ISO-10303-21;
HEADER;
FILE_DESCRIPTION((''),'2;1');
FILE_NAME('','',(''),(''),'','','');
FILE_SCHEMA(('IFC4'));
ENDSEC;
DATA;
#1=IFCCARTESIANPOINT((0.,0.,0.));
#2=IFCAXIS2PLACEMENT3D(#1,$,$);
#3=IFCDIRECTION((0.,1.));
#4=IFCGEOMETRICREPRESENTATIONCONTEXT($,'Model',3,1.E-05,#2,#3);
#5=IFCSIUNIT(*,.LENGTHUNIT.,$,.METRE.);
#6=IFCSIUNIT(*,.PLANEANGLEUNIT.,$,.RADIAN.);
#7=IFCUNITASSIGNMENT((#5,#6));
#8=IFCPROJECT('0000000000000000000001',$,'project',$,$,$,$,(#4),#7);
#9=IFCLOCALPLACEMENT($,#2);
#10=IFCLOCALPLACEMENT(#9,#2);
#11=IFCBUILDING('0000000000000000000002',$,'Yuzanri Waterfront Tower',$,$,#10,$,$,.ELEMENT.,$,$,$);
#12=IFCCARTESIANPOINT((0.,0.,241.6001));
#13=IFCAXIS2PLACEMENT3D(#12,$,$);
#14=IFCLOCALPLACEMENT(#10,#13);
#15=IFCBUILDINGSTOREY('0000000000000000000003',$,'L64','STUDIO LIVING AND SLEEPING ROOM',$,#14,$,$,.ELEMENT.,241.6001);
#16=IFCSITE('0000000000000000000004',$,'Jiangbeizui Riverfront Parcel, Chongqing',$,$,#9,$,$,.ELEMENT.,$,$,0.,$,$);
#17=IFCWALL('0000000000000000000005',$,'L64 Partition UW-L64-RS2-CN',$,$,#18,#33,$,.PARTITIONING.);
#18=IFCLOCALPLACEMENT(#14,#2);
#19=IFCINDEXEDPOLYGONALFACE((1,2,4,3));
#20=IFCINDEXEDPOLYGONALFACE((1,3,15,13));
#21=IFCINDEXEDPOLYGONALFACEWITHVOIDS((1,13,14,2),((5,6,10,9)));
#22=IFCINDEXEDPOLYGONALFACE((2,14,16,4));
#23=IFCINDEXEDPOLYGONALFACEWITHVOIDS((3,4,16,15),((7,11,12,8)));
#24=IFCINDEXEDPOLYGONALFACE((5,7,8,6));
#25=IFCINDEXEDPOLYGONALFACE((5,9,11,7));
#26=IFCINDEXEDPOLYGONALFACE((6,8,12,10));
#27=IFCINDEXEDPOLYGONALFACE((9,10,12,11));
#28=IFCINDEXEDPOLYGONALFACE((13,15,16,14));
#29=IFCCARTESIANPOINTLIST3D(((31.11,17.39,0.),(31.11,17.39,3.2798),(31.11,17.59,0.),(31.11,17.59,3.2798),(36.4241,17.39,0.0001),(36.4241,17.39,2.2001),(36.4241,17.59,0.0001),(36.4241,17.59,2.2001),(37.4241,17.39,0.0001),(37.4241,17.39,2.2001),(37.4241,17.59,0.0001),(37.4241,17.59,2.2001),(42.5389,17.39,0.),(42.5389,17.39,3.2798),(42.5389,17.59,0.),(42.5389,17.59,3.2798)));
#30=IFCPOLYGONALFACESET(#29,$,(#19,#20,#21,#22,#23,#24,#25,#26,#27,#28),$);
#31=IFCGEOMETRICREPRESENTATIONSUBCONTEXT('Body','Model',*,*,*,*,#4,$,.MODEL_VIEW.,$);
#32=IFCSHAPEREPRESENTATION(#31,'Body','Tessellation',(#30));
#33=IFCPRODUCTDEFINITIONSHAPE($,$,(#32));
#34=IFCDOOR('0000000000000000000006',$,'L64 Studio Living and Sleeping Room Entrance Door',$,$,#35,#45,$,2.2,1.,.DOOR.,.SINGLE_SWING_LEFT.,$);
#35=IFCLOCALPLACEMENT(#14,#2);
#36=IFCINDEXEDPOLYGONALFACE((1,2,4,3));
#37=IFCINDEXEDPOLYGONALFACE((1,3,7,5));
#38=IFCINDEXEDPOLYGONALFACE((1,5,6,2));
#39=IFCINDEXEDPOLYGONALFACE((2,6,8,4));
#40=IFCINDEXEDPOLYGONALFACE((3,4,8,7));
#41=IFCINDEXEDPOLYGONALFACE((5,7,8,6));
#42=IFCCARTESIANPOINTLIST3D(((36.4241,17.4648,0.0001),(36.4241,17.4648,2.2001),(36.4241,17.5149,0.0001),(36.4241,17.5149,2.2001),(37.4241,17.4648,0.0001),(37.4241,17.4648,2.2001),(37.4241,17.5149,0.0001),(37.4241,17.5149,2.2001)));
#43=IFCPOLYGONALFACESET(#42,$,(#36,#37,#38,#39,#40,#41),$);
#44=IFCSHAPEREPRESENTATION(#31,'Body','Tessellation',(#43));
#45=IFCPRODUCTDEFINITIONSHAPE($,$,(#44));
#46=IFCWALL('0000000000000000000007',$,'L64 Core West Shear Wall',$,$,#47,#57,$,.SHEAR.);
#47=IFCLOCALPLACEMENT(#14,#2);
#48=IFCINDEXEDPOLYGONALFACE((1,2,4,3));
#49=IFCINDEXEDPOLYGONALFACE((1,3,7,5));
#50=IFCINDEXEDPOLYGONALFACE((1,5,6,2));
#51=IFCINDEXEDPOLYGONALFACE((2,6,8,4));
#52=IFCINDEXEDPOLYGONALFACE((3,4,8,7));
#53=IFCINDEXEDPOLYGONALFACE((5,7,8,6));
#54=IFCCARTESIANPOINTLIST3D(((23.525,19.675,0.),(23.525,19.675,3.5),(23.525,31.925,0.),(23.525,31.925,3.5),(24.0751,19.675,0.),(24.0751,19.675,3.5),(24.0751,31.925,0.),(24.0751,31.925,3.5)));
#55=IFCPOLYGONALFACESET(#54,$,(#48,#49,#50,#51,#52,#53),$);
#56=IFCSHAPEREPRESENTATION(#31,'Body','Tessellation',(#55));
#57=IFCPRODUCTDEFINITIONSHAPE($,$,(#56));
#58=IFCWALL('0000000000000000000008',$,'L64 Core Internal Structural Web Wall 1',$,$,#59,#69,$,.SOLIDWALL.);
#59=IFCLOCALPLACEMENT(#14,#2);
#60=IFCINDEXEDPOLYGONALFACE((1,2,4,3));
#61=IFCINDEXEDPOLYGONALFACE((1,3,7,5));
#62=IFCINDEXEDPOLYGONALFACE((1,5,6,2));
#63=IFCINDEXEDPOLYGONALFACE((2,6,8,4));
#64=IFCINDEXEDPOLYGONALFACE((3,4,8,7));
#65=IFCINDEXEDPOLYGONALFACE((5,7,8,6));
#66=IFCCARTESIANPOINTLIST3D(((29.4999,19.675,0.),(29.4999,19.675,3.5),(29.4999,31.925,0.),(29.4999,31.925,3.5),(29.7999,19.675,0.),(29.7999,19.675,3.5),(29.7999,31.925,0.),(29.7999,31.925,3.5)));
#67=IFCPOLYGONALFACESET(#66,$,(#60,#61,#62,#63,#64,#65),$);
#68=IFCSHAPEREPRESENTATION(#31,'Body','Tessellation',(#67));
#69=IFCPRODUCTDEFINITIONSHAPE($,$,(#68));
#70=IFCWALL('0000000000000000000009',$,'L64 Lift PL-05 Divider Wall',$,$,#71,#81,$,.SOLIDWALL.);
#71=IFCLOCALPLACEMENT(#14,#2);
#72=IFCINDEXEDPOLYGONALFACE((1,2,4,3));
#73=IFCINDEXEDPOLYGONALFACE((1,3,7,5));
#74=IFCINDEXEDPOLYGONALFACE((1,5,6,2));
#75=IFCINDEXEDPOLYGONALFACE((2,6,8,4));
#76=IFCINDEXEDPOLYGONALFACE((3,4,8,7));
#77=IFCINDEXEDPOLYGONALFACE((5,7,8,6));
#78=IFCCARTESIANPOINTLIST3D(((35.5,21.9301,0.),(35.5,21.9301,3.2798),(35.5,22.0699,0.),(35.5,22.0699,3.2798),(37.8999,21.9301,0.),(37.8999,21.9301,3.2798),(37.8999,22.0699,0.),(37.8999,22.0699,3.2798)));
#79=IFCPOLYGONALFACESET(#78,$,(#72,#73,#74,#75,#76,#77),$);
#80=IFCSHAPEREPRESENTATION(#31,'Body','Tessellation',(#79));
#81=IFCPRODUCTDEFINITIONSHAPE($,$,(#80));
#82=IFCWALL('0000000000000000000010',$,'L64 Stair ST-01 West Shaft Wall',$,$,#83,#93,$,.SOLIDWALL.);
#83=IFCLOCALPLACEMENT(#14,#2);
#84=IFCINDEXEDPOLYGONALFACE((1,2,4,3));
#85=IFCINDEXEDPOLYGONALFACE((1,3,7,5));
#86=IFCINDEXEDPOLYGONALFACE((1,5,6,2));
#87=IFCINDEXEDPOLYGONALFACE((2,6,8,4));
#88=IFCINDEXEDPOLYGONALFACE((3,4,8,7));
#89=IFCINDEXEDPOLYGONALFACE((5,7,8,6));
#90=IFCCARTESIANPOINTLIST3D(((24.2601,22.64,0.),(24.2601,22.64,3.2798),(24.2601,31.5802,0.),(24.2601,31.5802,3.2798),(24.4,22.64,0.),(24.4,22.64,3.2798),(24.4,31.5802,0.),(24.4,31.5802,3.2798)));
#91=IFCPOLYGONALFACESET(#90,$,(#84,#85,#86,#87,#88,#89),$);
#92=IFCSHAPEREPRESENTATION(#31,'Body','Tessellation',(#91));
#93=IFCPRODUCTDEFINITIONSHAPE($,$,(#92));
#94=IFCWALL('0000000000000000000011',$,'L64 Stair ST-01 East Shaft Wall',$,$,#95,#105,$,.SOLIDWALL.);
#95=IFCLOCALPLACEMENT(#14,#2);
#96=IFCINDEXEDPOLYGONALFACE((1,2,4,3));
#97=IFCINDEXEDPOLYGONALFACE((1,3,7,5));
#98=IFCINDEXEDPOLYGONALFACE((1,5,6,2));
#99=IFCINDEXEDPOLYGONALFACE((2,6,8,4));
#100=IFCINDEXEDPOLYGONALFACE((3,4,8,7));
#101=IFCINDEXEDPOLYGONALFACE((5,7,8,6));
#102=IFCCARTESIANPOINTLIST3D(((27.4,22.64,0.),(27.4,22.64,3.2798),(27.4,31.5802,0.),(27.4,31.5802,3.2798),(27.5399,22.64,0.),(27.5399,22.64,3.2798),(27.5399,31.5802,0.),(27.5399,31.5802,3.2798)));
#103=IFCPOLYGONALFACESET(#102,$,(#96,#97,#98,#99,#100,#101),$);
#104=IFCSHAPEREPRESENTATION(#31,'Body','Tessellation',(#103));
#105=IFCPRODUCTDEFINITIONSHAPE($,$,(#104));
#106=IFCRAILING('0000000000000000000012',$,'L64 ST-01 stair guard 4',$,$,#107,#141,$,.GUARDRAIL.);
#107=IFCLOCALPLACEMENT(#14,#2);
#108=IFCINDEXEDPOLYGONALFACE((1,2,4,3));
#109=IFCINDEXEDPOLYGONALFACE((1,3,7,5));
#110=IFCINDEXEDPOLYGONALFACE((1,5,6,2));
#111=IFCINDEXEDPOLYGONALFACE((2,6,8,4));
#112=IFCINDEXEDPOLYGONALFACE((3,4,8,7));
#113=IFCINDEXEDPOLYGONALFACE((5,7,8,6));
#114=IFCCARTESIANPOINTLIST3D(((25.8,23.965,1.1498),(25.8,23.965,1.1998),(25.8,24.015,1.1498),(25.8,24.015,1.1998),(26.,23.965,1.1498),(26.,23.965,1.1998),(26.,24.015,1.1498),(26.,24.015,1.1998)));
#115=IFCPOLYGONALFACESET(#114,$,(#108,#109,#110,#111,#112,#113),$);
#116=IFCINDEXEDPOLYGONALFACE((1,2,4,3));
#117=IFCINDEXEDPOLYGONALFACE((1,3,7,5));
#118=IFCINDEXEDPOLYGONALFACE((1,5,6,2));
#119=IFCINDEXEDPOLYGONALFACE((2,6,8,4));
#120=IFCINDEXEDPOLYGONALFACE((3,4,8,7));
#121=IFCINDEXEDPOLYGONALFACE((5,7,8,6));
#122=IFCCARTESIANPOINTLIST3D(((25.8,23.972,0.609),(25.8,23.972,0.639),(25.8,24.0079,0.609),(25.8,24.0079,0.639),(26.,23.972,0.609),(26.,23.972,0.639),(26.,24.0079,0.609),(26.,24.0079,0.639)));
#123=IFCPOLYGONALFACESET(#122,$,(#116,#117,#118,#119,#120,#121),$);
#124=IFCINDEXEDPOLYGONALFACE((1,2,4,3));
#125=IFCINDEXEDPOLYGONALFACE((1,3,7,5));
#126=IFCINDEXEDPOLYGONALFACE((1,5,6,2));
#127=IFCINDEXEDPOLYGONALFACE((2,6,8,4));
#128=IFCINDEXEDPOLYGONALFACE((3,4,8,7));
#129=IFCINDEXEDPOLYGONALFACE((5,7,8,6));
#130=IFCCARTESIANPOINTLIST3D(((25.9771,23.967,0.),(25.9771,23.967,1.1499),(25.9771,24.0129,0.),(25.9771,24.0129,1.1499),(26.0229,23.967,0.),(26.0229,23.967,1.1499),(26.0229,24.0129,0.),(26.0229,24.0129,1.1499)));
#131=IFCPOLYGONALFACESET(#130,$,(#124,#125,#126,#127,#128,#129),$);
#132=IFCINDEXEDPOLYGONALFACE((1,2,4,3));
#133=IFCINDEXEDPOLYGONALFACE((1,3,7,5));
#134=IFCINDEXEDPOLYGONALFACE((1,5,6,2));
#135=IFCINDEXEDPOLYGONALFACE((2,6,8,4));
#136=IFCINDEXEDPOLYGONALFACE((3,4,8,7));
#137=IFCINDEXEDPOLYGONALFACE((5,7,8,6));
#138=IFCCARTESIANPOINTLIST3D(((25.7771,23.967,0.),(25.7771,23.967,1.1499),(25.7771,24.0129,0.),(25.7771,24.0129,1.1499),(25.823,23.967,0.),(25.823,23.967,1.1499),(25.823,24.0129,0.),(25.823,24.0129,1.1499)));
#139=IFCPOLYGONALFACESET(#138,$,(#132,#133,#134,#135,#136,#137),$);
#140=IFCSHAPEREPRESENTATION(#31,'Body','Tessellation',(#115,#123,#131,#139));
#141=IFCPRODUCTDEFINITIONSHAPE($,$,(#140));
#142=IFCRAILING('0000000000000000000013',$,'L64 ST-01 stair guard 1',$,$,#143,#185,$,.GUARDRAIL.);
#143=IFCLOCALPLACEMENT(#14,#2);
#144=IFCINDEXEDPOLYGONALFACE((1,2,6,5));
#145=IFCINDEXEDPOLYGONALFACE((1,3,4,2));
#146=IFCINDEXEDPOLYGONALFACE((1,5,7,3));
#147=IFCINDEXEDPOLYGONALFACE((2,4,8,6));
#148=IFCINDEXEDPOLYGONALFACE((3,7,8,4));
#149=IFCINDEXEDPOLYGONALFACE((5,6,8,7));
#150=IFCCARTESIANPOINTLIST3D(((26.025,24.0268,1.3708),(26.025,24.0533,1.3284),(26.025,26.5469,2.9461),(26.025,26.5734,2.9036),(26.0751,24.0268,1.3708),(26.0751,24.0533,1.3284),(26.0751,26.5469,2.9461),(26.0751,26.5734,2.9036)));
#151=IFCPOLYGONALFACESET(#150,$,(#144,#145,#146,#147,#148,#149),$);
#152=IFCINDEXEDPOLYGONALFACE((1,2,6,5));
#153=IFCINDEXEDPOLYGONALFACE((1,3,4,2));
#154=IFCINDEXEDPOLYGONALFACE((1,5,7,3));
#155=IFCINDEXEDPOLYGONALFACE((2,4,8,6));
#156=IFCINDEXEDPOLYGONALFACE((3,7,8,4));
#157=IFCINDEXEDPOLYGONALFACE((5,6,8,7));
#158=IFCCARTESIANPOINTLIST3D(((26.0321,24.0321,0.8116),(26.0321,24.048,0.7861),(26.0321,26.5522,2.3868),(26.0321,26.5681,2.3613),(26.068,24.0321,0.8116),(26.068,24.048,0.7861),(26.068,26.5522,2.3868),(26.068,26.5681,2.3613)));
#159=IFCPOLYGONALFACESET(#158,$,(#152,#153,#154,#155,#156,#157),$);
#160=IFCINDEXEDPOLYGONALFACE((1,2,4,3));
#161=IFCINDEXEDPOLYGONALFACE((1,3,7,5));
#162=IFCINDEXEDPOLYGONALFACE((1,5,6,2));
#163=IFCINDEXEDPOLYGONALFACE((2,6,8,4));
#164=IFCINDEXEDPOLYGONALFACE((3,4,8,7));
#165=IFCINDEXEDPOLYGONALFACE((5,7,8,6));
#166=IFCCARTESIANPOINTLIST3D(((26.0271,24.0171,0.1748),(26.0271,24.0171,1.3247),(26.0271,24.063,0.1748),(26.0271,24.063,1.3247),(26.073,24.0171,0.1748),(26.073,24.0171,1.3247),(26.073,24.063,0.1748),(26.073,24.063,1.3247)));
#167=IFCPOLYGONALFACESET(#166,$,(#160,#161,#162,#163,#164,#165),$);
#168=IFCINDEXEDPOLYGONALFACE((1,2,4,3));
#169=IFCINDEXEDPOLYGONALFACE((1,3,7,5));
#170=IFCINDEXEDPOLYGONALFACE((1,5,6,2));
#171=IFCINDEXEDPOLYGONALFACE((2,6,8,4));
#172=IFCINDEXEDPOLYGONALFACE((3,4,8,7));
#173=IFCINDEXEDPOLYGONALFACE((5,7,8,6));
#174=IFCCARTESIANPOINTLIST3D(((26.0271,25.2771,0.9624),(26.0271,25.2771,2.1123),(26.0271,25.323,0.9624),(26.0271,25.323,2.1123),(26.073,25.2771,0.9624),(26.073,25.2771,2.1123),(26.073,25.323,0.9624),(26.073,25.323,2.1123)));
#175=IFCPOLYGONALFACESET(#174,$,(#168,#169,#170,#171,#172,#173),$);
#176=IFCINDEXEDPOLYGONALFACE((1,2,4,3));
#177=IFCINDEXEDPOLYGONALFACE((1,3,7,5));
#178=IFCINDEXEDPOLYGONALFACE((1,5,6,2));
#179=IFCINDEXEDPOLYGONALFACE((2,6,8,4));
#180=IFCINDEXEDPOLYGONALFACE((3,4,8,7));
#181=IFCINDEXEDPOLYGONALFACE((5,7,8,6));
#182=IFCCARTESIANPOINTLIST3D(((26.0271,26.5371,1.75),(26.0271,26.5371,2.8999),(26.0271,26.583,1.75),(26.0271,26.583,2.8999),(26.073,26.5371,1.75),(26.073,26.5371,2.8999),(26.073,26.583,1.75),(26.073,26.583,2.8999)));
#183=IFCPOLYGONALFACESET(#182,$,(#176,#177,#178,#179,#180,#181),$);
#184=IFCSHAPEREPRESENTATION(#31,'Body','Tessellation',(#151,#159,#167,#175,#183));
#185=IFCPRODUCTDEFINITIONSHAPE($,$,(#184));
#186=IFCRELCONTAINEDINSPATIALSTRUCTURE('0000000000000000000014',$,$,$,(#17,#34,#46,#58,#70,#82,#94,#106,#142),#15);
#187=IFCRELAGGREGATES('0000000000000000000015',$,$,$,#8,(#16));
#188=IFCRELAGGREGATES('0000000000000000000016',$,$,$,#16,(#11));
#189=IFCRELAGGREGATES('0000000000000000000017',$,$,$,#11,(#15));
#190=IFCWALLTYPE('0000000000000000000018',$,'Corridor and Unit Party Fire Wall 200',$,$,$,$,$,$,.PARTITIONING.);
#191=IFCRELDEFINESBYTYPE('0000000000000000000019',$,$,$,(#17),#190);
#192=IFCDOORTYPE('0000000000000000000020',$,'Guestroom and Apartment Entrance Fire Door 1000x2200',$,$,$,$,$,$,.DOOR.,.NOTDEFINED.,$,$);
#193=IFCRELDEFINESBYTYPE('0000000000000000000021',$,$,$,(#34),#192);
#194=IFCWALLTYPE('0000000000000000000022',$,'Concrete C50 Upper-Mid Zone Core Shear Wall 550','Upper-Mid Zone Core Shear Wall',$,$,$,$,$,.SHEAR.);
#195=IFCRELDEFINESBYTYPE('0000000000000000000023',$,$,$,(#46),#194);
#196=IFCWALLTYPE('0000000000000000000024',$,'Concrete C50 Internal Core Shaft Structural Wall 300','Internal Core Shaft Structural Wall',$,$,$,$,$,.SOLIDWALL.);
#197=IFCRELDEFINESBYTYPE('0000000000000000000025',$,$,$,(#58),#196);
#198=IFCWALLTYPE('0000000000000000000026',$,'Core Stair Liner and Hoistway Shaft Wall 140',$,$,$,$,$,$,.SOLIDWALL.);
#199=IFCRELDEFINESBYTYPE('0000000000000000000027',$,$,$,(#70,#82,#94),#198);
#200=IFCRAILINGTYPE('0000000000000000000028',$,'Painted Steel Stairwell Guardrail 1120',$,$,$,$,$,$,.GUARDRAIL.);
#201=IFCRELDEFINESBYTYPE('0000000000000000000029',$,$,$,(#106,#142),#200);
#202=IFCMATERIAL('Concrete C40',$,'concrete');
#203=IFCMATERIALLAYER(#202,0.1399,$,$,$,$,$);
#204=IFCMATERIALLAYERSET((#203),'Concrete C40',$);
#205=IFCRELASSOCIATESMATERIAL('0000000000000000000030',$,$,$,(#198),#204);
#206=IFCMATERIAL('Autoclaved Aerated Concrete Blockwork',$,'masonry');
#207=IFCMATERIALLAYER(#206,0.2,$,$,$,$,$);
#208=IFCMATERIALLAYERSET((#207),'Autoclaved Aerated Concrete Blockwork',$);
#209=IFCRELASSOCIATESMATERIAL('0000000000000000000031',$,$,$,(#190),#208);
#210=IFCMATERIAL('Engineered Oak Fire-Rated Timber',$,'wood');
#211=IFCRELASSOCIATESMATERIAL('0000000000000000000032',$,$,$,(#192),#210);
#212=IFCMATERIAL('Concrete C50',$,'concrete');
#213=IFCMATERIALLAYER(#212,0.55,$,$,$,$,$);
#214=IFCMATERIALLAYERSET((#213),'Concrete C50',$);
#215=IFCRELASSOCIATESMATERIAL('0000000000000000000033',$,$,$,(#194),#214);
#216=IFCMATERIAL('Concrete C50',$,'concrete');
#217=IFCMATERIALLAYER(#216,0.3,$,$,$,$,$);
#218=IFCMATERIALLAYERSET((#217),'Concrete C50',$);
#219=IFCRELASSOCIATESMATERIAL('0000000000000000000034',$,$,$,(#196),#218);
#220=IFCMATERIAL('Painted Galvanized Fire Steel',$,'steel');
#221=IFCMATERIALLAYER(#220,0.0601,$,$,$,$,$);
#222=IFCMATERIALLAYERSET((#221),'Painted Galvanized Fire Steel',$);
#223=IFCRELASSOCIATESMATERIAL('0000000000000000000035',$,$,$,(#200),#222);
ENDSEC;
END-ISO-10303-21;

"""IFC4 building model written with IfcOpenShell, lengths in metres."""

from ifc_helpers import new_model, si_unit, direction, frame, frame_2d, origin, origin_2d, place, context, subcontext, project, spatial, rectangle, extrude, source, transform, mapped, material, layer, layer_set, type_object, element, fill, save


model = new_model("IFC4")

# Units and contexts
model_context = context("Model", 3, precision=1e-05, world=origin(), true_north=direction((0.0, 1.0)))
body_context = subcontext(model_context, "Body", "Model", "MODEL_VIEW")
ifc_project = project(units=[si_unit("LENGTHUNIT", "METRE"), si_unit("PLANEANGLEUNIT", "RADIAN")], contexts=[model_context])

# Site, building, storey
site_placement = place(None, origin())
site = spatial("IfcSite", under=ifc_project, at=site_placement, Name="Jiangbeizui Riverfront Parcel, Chongqing", CompositionType="ELEMENT", RefElevation=0.0)
building_placement = place(site_placement, origin())
building = spatial("IfcBuilding", under=site, at=building_placement, Name="Yuzanri Waterfront Tower", CompositionType="ELEMENT")
storey_placement = place(building_placement, frame((0.0, 0.0, 241.6001)))
storey = spatial("IfcBuildingStorey", under=building, at=storey_placement, Name="L64", Description="STUDIO LIVING AND SLEEPING ROOM", CompositionType="ELEMENT", Elevation=241.6001)

# Wall, opening, door
ifc_material_1 = material(Name="Concrete C40", Category="concrete")
ifc_layer_1 = layer(ifc_material_1, 0.1399)
ifc_layer_set_1 = layer_set([ifc_layer_1], Name="Concrete C40")
wall_type_1 = type_object("IfcWallType", Name="Core Stair Liner and Hoistway Shaft Wall 140", PredefinedType="SOLIDWALL", material=ifc_layer_set_1)
ifc_material_2 = material(Name="Autoclaved Aerated Concrete Blockwork", Category="masonry")
ifc_layer_2 = layer(ifc_material_2, 0.2)
ifc_layer_set_2 = layer_set([ifc_layer_2], Name="Autoclaved Aerated Concrete Blockwork")
wall_type_2 = type_object("IfcWallType", Name="Corridor and Unit Party Fire Wall 200", PredefinedType="PARTITIONING", material=ifc_layer_set_2)
wall_1_placement = place(storey_placement, frame((31.1101, 17.49, 0.0), z_axis=(0.0, 0.0, 1.0), x_axis=(1.0, 0.0, 0.0)))
wall_1 = element("IfcWall", 1, at=wall_1_placement, inside=storey, type_object=wall_type_2, Name="L64 Partition UW-L64-RS2-CN", PredefinedType="PARTITIONING", context=body_context, shape_type="SweptSolid", body=[
    extrude(rectangle(XDim=11.429, YDim=0.2, at=frame_2d((5.7144, 0.0))), origin(), (0.0, 0.0, 1.0), 3.2798),
])
opening_1_placement = place(wall_1_placement, frame((5.314, 0.0, 0.0)))
opening_1 = element("IfcOpeningElement", 2, at=opening_1_placement, cuts=wall_1, PredefinedType="OPENING", context=body_context, shape_type="SweptSolid", body=[
    extrude(rectangle(XDim=1.0, YDim=2.2, at=frame_2d((0.5, 1.1001))), frame((0.0, 0.1147, 0.0), z_axis=(0.0, -1.0, 0.0), x_axis=(1.0, 0.0, 0.0)), (0.0, 0.0, 1.0), 0.2297),
])
ifc_material_3 = material(Name="Engineered Oak Fire-Rated Timber", Category="wood")
door_type_1 = type_object("IfcDoorType", Name="Guestroom and Apartment Entrance Fire Door 1000x2200", OperationType="NOTDEFINED", PredefinedType="DOOR", material=ifc_material_3)
shared_shape_1 = source(origin(), body_context, "Body", "SweptSolid", [
    extrude(rectangle(XDim=1.0, YDim=2.2, at=frame_2d((0.5, 1.1001))), frame((0.0, 0.0249, 0.0), z_axis=(0.0, -1.0, 0.0), x_axis=(1.0, 0.0, 0.0)), (0.0, 0.0, 1.0), 0.05),
])
door_1_placement = place(opening_1_placement, origin())
door_1 = element("IfcDoor", 3, at=door_1_placement, inside=storey, type_object=door_type_1, Name="L64 Studio Living and Sleeping Room Entrance Door", OperationType="SINGLE_SWING_LEFT", OverallHeight=2.2, OverallWidth=1.0, PredefinedType="DOOR", context=body_context, shape_type="MappedRepresentation", body=[
    mapped(shared_shape_1, transform((0.0, 0.0, 0.0), scale=1.0)),
])
fill(opening_1, door_1)

# Walls
ifc_material_4 = material(Name="Concrete C50", Category="concrete")
ifc_layer_3 = layer(ifc_material_4, 0.55)
ifc_layer_set_3 = layer_set([ifc_layer_3], Name="Concrete C50")
wall_type_3 = type_object("IfcWallType", Name="Concrete C50 Upper-Mid Zone Core Shear Wall 550", Description="Upper-Mid Zone Core Shear Wall", PredefinedType="SHEAR", material=ifc_layer_set_3)
shared_shape_2 = source(origin(), body_context, "Body", "SweptSolid", [
    extrude(rectangle(XDim=12.25, YDim=0.55, at=frame_2d((6.125, 0.0))), origin(), (0.0, 0.0, 1.0), 3.5),
])
wall_2_placement = place(storey_placement, frame((23.8, 19.675, 0.0), z_axis=(0.0, 0.0, 1.0), x_axis=(0.0, 1.0, 0.0)))
element("IfcWall", 4, at=wall_2_placement, inside=storey, type_object=wall_type_3, Name="L64 Core West Shear Wall", PredefinedType="SHEAR", context=body_context, shape_type="MappedRepresentation", body=[
    mapped(shared_shape_2, transform((0.0, 0.0, 0.0), scale=1.0)),
])
ifc_material_5 = material(Name="Concrete C50", Category="concrete")
ifc_layer_4 = layer(ifc_material_5, 0.3)
ifc_layer_set_4 = layer_set([ifc_layer_4], Name="Concrete C50")
wall_type_4 = type_object("IfcWallType", Name="Concrete C50 Internal Core Shaft Structural Wall 300", Description="Internal Core Shaft Structural Wall", PredefinedType="SOLIDWALL", material=ifc_layer_set_4)
shared_shape_3 = source(origin(), body_context, "Body", "SweptSolid", [
    extrude(rectangle(XDim=12.25, YDim=0.3, at=frame_2d((6.125, 0.0))), origin(), (0.0, 0.0, 1.0), 3.5),
])
wall_3_placement = place(storey_placement, frame((29.6499, 19.675, 0.0), z_axis=(0.0, 0.0, 1.0), x_axis=(0.0, 1.0, 0.0)))
element("IfcWall", 5, at=wall_3_placement, inside=storey, type_object=wall_type_4, Name="L64 Core Internal Structural Web Wall 1", PredefinedType="SOLIDWALL", context=body_context, shape_type="MappedRepresentation", body=[
    mapped(shared_shape_3, transform((0.0, 0.0, 0.0), scale=1.0)),
])
shared_shape_4 = source(origin(), body_context, "Body", "SweptSolid", [
    extrude(rectangle(XDim=2.3999, YDim=0.1399, at=frame_2d((1.2, 0.0))), origin(), (0.0, 0.0, 1.0), 3.2798),
])
wall_4_placement = place(storey_placement, frame((35.5, 22.0, 0.0), z_axis=(0.0, 0.0, 1.0), x_axis=(1.0, 0.0, 0.0)))
element("IfcWall", 6, at=wall_4_placement, inside=storey, type_object=wall_type_1, Name="L64 Lift PL-05 Divider Wall", PredefinedType="SOLIDWALL", context=body_context, shape_type="MappedRepresentation", body=[
    mapped(shared_shape_4, transform((0.0, 0.0, 0.0), scale=1.0)),
])
shared_shape_5 = source(origin(), body_context, "Body", "SweptSolid", [
    extrude(rectangle(XDim=8.9402, YDim=0.1399, at=frame_2d((4.4702, 0.0))), origin(), (0.0, 0.0, 1.0), 3.2798),
])
for number, where, z_axis, x_axis, name in (
    (7, (24.3301, 22.6399, 0.0), (0.0, 0.0, 1.0), (0.0, 1.0, 0.0), "L64 Stair ST-01 West Shaft Wall"),
    (8, (27.47, 22.6399, 0.0), (0.0, 0.0, 1.0), (0.0, 1.0, 0.0), "L64 Stair ST-01 East Shaft Wall"),
):
    element("IfcWall", number, at=place(storey_placement, frame(where, z_axis=z_axis, x_axis=x_axis)), inside=storey, type_object=wall_type_1, Name=name, PredefinedType="SOLIDWALL", context=body_context, shape_type="MappedRepresentation", body=[
        mapped(shared_shape_5, transform((0.0, 0.0, 0.0), scale=1.0)),
    ])

# Railings
ifc_material_6 = material(Name="Painted Galvanized Fire Steel", Category="steel")
ifc_layer_5 = layer(ifc_material_6, 0.0601)
ifc_layer_set_5 = layer_set([ifc_layer_5], Name="Painted Galvanized Fire Steel")
railing_type = type_object("IfcRailingType", Name="Painted Steel Stairwell Guardrail 1120", PredefinedType="GUARDRAIL", material=ifc_layer_set_5)
shared_shape_6 = source(origin(), body_context, "Body", "SweptSolid", [
    extrude(rectangle(XDim=0.05, YDim=0.05, at=origin_2d()), frame((0.0, 0.0, 1.1748), z_axis=(-1.0, 0.0, 0.0), x_axis=(0.0, -1.0, 0.0)), (0.0, 0.0, 1.0), 0.2),
    extrude(rectangle(XDim=0.0359, YDim=0.03, at=origin_2d()), frame((0.0, 0.0, 0.624), z_axis=(-1.0, 0.0, 0.0), x_axis=(0.0, -1.0, 0.0)), (0.0, 0.0, 1.0), 0.2),
    extrude(rectangle(XDim=0.0459, YDim=0.0459, at=origin_2d()), origin(), (0.0, 0.0, 1.0), 1.1499),
    extrude(rectangle(XDim=0.0459, YDim=0.0459, at=origin_2d()), frame((-0.2, 0.0, 0.0)), (0.0, 0.0, 1.0), 1.1499),
])
railing_1_placement = place(storey_placement, frame((26.0, 23.99, 0.0)))
element("IfcRailing", 9, at=railing_1_placement, inside=storey, type_object=railing_type, Name="L64 ST-01 stair guard 4", PredefinedType="GUARDRAIL", context=body_context, shape_type="MappedRepresentation", body=[
    mapped(shared_shape_6, transform((0.0, 0.0, 0.0), scale=1.0)),
])
shared_shape_7 = source(origin(), body_context, "Body", "SweptSolid", [
    extrude(rectangle(XDim=0.05, YDim=0.05, at=origin_2d()), frame((0.0, 0.0, 1.1748), z_axis=(0.0, 0.847971, 0.530043), x_axis=(-1.0, 0.0, 0.0)), (0.0, 0.0, 1.0), 2.9719),
    extrude(rectangle(XDim=0.0359, YDim=0.03, at=origin_2d()), frame((0.0, 0.0, 0.624), z_axis=(0.0, 0.847971, 0.530043), x_axis=(-1.0, 0.0, 0.0)), (0.0, 0.0, 1.0), 2.9719),
    extrude(rectangle(XDim=0.0459, YDim=0.0459, at=origin_2d()), origin(), (0.0, 0.0, 1.0), 1.1499),
    extrude(rectangle(XDim=0.0459, YDim=0.0459, at=origin_2d()), frame((0.0, 1.26, 0.7876)), (0.0, 0.0, 1.0), 1.1499),
    extrude(rectangle(XDim=0.0459, YDim=0.0459, at=origin_2d()), frame((0.0, 2.52, 1.5752)), (0.0, 0.0, 1.0), 1.1499),
])
railing_2_placement = place(storey_placement, frame((26.05, 24.04, 0.1748)))
element("IfcRailing", 10, at=railing_2_placement, inside=storey, type_object=railing_type, Name="L64 ST-01 stair guard 1", PredefinedType="GUARDRAIL", context=body_context, shape_type="MappedRepresentation", body=[
    mapped(shared_shape_7, transform((0.0, 0.0, 0.0), scale=1.0)),
])

save(model, "model.ifc")
